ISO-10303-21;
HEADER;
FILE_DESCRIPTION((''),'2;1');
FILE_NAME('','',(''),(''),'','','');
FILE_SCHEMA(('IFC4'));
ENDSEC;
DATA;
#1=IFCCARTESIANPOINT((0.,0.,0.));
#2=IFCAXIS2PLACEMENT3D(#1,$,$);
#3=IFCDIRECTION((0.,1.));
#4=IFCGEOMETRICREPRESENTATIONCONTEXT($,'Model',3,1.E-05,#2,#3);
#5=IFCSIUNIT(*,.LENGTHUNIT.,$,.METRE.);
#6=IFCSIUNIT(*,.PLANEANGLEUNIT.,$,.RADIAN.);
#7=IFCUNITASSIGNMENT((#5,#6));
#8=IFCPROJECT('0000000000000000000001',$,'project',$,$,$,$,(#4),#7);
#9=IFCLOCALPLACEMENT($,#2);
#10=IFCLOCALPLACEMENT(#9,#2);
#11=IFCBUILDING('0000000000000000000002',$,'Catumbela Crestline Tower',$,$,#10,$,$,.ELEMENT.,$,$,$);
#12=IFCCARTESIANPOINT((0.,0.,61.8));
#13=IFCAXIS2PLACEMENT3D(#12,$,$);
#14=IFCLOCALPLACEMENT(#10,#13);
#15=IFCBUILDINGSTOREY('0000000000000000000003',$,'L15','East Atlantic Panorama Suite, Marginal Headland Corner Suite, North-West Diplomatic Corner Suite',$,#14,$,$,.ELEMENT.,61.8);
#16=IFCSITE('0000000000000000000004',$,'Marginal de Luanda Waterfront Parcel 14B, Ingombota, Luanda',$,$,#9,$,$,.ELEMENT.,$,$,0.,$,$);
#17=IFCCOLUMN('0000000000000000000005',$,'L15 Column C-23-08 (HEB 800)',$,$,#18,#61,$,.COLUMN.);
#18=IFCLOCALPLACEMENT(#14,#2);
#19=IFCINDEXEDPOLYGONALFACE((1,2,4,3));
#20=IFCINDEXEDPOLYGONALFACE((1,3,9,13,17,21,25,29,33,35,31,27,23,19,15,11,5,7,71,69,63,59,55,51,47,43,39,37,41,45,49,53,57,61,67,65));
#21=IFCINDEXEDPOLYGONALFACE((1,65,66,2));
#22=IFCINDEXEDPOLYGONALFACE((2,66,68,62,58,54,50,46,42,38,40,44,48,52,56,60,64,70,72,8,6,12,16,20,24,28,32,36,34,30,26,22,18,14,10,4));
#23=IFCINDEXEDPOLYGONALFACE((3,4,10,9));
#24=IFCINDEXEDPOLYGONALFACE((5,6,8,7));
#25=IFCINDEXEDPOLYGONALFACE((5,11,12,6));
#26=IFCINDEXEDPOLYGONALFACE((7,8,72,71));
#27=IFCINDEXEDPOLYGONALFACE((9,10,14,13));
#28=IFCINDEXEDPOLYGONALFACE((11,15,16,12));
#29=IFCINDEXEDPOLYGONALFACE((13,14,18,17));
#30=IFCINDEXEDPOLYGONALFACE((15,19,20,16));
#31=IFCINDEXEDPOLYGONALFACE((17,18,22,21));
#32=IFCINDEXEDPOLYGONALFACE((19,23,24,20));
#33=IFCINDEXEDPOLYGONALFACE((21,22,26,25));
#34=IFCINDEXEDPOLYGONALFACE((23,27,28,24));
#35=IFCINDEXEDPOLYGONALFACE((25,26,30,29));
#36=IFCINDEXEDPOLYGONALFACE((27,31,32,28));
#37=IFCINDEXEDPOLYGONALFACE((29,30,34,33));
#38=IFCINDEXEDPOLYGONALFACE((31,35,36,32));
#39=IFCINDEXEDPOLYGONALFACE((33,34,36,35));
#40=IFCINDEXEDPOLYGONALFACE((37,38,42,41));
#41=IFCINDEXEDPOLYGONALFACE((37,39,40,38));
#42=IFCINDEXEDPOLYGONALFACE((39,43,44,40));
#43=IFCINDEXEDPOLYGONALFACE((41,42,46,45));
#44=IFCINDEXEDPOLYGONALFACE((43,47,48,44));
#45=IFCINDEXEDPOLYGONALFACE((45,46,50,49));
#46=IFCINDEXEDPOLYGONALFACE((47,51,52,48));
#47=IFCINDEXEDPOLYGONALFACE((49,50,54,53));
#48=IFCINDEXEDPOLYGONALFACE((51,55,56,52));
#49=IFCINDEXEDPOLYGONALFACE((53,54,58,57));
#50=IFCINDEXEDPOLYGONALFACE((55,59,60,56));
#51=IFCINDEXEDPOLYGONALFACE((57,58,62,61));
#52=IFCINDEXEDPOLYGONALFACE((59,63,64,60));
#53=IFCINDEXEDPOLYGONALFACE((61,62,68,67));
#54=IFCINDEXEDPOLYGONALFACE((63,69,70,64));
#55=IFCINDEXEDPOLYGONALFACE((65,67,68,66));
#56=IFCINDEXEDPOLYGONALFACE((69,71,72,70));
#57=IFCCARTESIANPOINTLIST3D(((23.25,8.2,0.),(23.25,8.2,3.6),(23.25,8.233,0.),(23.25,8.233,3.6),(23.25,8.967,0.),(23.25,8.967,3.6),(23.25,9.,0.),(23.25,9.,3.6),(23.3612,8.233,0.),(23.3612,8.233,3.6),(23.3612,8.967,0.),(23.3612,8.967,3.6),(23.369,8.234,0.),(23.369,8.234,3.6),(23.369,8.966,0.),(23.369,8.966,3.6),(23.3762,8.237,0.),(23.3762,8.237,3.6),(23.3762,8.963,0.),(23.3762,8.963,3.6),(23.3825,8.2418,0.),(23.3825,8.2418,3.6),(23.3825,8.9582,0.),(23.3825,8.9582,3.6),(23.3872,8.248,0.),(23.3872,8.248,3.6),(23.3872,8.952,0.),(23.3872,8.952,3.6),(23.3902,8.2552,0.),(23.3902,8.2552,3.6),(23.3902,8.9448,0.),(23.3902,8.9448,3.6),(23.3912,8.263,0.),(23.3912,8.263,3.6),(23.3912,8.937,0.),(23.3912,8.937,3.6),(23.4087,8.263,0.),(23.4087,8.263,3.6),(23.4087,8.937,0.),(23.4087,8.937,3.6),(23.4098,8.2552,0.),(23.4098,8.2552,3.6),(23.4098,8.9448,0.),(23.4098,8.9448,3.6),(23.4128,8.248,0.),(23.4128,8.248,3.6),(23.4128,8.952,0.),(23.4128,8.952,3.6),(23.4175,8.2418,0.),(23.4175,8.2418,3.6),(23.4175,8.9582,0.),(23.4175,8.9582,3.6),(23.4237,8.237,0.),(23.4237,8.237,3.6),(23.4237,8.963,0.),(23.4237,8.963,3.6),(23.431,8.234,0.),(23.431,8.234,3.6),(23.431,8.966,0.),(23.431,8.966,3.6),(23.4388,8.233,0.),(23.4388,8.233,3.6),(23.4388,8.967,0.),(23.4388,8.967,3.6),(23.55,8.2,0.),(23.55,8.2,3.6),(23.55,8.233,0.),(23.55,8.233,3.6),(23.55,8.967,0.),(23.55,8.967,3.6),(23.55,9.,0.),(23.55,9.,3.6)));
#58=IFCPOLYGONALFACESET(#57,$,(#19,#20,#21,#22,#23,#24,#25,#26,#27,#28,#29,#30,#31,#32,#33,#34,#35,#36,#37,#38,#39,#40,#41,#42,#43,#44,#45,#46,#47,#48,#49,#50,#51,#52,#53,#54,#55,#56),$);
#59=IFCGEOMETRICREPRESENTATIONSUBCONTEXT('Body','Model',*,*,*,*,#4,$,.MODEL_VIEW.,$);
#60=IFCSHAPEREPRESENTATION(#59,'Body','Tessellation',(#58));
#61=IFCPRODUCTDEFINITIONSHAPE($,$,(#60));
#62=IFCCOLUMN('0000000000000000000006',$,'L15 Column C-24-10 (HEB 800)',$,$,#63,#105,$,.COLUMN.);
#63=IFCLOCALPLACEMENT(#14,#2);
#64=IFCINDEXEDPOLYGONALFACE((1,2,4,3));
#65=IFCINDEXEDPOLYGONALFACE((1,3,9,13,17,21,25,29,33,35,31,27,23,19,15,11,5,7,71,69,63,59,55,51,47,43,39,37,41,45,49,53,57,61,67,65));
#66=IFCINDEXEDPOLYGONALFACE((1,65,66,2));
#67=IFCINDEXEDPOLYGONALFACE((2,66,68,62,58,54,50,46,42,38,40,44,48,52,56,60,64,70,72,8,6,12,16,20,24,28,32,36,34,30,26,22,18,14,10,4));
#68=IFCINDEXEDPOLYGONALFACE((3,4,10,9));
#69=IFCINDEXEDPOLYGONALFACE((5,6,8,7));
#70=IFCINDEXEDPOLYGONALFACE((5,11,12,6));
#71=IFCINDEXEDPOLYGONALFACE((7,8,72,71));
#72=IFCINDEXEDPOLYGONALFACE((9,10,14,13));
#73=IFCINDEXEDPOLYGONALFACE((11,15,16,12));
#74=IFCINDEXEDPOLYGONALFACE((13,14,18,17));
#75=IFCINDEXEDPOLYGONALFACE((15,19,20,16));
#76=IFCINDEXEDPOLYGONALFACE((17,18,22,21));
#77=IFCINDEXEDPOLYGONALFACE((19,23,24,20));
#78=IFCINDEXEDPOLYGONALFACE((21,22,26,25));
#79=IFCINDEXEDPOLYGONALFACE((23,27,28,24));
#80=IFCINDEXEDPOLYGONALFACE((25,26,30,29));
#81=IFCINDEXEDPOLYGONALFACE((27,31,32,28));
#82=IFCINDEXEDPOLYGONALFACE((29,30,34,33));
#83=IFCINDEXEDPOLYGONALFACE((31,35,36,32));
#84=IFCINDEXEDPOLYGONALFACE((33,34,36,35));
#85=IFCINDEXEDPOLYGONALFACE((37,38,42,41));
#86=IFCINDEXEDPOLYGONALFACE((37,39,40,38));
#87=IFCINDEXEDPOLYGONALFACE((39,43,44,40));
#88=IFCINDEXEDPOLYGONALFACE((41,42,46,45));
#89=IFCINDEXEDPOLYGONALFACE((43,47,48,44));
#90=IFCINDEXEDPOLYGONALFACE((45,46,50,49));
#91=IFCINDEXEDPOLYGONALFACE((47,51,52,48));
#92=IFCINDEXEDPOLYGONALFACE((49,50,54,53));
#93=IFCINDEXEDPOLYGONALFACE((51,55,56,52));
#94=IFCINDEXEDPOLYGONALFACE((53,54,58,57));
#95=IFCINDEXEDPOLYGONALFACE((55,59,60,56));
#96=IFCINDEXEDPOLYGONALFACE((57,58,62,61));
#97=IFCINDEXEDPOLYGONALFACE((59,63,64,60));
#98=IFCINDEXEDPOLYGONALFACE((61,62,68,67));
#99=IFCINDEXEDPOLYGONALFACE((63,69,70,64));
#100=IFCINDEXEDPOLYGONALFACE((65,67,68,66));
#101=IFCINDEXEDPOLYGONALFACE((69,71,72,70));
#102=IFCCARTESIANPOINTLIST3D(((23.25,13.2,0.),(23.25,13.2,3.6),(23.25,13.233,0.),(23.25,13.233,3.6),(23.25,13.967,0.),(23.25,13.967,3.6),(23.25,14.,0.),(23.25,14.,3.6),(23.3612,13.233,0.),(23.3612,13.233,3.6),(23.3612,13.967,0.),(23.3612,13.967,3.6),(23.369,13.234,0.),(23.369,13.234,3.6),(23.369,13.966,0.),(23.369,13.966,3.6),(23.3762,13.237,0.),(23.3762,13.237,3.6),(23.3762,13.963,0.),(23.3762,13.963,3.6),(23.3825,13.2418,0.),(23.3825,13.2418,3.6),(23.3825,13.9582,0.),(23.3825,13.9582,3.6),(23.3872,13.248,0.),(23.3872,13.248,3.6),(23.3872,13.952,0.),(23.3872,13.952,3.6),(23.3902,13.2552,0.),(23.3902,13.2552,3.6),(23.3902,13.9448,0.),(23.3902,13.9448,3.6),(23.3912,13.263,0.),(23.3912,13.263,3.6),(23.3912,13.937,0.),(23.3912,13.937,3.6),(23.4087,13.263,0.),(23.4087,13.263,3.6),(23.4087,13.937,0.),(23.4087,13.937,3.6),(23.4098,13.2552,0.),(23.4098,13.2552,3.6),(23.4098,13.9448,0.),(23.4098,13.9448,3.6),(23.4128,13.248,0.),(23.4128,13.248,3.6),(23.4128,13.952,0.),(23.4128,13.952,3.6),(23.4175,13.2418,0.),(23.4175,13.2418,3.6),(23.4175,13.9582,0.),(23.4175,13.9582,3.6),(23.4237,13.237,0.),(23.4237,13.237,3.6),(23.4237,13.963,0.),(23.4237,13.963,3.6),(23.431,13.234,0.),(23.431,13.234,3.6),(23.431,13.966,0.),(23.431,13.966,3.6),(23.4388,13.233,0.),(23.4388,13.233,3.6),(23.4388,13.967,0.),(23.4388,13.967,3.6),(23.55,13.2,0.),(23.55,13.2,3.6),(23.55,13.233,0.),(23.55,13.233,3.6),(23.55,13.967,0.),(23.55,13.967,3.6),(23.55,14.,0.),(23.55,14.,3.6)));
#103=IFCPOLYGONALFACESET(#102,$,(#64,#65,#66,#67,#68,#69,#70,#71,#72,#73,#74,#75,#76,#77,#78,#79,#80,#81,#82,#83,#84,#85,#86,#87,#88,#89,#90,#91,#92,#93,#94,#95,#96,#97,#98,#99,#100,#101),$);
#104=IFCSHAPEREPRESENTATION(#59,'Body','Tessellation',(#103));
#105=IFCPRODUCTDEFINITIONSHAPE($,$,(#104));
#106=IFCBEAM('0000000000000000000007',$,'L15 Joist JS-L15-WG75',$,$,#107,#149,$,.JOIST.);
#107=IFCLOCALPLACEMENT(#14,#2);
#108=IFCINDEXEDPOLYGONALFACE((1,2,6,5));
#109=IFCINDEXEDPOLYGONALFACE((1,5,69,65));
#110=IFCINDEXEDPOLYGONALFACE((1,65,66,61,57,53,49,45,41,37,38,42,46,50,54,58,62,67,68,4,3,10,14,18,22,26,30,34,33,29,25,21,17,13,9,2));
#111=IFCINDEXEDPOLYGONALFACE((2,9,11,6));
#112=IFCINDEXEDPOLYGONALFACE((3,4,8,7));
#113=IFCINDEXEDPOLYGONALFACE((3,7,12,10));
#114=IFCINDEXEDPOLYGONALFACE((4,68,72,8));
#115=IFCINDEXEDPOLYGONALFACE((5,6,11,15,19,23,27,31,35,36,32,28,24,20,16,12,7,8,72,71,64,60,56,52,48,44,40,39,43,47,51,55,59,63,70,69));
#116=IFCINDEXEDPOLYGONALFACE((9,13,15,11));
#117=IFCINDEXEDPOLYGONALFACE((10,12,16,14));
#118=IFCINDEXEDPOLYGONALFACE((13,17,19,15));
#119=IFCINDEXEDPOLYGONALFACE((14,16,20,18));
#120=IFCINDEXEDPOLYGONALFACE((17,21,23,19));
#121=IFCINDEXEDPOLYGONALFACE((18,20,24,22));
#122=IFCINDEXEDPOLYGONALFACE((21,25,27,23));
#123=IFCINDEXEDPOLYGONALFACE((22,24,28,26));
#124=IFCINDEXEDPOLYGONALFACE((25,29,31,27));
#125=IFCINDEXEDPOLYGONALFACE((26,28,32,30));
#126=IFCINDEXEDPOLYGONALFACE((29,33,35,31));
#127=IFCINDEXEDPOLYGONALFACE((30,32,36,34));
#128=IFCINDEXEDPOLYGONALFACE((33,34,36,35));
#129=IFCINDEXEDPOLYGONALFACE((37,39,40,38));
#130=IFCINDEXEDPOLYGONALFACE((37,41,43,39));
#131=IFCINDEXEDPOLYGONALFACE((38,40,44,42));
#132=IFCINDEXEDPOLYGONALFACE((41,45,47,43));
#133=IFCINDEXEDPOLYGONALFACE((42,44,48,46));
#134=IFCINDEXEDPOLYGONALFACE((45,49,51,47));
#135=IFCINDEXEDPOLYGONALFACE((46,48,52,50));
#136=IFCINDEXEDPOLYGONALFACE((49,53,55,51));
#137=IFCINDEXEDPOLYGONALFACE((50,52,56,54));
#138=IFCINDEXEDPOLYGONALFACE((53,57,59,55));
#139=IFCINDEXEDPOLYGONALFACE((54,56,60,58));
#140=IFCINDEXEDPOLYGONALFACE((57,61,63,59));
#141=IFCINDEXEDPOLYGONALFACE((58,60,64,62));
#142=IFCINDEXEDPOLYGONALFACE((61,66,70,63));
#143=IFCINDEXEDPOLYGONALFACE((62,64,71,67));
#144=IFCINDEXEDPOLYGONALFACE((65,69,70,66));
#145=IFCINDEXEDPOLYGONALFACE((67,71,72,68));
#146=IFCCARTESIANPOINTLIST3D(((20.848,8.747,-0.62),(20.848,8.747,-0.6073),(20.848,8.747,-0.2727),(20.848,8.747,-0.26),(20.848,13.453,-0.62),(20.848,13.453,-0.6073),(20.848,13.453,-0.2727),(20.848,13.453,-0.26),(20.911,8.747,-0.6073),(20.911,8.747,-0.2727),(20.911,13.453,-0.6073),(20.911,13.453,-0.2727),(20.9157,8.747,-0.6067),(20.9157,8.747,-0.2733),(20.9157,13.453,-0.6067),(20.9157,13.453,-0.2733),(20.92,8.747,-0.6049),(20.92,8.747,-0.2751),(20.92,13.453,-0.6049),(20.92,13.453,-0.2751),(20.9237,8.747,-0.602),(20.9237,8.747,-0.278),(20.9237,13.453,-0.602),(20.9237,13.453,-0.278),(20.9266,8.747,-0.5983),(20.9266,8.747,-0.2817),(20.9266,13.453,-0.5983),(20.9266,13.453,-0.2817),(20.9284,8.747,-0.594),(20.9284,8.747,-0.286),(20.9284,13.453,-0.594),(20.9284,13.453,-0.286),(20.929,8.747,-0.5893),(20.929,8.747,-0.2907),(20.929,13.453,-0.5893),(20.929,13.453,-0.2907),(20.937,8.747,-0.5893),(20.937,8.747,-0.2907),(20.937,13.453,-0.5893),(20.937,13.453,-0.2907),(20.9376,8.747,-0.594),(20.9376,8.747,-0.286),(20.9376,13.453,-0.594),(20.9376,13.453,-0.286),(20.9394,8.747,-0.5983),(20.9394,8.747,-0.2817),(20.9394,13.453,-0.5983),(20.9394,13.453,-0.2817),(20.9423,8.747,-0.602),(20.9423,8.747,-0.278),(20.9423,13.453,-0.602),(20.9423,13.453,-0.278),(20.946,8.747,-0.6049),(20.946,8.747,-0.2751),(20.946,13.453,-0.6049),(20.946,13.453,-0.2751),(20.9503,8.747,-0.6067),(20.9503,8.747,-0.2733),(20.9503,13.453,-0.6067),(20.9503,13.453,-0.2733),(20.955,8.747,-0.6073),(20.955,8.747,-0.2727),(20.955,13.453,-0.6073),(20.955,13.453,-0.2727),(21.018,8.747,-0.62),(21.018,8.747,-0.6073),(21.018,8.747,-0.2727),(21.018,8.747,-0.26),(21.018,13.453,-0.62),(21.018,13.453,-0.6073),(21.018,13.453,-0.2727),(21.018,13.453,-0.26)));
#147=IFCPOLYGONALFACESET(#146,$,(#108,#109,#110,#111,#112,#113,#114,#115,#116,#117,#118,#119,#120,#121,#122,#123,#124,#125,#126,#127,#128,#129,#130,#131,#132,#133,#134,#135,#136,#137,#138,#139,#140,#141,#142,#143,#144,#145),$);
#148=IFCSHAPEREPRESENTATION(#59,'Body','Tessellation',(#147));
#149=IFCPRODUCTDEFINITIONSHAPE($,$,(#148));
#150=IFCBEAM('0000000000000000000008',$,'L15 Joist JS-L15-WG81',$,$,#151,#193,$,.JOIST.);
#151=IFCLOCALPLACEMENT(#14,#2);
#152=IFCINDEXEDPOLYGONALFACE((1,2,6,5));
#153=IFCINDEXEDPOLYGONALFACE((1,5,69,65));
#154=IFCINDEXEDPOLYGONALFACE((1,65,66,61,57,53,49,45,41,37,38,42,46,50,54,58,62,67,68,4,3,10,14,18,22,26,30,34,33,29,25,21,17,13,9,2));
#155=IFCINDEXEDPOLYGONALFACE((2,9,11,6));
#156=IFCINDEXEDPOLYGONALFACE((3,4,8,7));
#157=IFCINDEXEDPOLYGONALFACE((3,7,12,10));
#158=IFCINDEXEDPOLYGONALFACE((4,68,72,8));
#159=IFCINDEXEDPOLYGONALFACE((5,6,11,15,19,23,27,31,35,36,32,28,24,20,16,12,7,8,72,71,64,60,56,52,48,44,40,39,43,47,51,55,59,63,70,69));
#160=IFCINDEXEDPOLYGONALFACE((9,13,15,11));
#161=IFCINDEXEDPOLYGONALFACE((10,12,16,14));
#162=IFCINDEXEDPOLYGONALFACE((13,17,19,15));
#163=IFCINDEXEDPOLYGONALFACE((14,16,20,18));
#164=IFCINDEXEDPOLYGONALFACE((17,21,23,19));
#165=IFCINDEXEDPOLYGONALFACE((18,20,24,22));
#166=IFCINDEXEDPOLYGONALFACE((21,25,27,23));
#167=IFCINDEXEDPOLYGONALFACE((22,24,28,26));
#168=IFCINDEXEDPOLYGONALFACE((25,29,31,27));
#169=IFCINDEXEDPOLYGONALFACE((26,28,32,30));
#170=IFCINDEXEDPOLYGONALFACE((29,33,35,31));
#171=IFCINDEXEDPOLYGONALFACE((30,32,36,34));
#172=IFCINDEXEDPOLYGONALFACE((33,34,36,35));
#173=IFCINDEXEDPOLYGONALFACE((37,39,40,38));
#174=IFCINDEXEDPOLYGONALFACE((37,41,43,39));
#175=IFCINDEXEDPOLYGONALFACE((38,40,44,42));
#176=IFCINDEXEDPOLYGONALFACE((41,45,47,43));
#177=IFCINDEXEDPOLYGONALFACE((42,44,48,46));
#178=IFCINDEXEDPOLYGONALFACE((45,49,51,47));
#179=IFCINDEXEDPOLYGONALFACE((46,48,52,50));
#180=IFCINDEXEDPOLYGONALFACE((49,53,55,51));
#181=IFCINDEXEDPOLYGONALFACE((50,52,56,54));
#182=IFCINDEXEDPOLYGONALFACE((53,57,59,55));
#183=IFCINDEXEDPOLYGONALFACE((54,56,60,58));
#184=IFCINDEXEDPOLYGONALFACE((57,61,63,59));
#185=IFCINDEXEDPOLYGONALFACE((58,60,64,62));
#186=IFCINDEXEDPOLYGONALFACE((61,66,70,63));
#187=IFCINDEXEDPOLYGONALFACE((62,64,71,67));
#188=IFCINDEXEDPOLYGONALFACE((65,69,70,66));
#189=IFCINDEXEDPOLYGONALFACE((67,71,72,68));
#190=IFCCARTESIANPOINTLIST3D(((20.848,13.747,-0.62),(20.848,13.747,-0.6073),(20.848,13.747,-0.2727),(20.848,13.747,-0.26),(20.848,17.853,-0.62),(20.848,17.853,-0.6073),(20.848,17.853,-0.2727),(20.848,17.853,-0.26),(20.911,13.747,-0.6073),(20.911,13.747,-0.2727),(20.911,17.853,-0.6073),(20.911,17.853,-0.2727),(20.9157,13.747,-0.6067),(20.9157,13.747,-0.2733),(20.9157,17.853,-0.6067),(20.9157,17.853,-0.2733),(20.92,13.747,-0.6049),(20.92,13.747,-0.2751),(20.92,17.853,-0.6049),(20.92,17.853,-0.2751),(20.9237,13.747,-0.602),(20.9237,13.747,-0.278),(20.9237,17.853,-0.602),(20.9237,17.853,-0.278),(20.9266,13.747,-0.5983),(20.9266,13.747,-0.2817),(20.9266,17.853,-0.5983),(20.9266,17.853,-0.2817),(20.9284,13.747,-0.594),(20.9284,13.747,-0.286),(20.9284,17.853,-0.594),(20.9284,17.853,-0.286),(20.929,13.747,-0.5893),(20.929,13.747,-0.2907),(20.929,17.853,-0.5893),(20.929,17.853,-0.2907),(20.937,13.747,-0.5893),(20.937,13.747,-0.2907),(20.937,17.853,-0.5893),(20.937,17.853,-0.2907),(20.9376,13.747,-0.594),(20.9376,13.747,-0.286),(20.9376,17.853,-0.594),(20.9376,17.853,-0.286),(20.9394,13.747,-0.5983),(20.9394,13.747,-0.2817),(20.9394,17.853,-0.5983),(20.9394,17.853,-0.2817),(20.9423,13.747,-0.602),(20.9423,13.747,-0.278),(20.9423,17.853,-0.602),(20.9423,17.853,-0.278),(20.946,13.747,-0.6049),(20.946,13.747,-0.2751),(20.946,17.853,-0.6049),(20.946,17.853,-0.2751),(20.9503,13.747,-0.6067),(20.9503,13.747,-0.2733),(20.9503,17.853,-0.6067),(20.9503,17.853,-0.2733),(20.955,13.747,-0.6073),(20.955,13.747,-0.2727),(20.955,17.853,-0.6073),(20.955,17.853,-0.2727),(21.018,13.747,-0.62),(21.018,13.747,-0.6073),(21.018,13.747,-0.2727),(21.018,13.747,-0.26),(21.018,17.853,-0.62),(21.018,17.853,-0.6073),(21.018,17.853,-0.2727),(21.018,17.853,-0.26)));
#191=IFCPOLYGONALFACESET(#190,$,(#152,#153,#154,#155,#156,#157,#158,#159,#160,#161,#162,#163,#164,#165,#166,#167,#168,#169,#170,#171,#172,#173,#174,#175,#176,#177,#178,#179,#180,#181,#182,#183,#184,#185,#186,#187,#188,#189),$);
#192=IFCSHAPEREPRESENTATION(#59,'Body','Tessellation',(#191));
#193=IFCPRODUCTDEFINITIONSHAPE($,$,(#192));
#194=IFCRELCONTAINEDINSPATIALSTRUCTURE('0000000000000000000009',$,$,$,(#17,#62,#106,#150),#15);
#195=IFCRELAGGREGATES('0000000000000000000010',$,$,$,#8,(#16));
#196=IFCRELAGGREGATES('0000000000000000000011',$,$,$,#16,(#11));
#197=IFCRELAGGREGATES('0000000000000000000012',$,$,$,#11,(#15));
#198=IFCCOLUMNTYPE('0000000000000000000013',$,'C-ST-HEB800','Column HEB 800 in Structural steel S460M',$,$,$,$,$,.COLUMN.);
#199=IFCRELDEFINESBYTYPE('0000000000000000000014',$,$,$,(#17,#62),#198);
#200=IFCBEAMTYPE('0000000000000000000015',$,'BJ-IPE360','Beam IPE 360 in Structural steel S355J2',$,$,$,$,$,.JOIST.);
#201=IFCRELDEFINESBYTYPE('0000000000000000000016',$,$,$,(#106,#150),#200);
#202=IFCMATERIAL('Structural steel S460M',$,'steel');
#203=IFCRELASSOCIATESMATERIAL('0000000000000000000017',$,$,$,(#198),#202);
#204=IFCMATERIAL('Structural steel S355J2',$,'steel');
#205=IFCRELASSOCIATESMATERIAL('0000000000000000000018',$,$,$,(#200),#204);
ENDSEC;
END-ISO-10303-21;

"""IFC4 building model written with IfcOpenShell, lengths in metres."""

from ifc_helpers import new_model, si_unit, direction, frame, origin, origin_2d, place, context, subcontext, project, spatial, i_section, extrude, material, material_profile, profile_set, type_object, element, save


model = new_model("IFC4")

# Units and contexts
model_context = context("Model", 3, precision=1e-05, world=origin(), true_north=direction((0.0, 1.0)))
body_context = subcontext(model_context, "Body", "Model", "MODEL_VIEW")
ifc_project = project(units=[si_unit("LENGTHUNIT", "METRE"), si_unit("PLANEANGLEUNIT", "RADIAN")], contexts=[model_context])

# Site, building, storey
site_placement = place(None, origin())
site = spatial("IfcSite", under=ifc_project, at=site_placement, Name="Marginal de Luanda Waterfront Parcel 14B, Ingombota, Luanda", CompositionType="ELEMENT", RefElevation=0.0)
building_placement = place(site_placement, origin())
building = spatial("IfcBuilding", under=site, at=building_placement, Name="Catumbela Crestline Tower", CompositionType="ELEMENT")
storey_placement = place(building_placement, frame((0.0, 0.0, 61.8)))
storey = spatial("IfcBuildingStorey", under=building, at=storey_placement, Name="L15", Description="East Atlantic Panorama Suite, Marginal Headland Corner Suite, North-West Diplomatic Corner Suite", CompositionType="ELEMENT", Elevation=61.8)

# Columns
ifc_material_1 = material(Name="Structural steel S460M", Category="steel")
ifc_material_profile_1 = material_profile(ifc_material_1, i_section(OverallWidth=0.3, OverallDepth=0.8, WebThickness=0.0175, FlangeThickness=0.033, FilletRadius=0.03, at=origin_2d()), Name="HEB 800")
ifc_profile_set_1 = profile_set([ifc_material_profile_1], Name="Structural steel S460M")
column_type = type_object("IfcColumnType", Name="C-ST-HEB800", Description="Column HEB 800 in Structural steel S460M", PredefinedType="COLUMN", material=ifc_profile_set_1)
for number, where, z_axis, x_axis, name in (
    (1, (23.4, 8.6, 0.0), (0.0, 0.0, 1.0), (1.0, 0.0, 0.0), "L15 Column C-23-08 (HEB 800)"),
    (2, (23.4, 13.6, 0.0), (0.0, 0.0, 1.0), (1.0, 0.0, 0.0), "L15 Column C-24-10 (HEB 800)"),
):
    element("IfcColumn", number, at=place(storey_placement, frame(where, z_axis=z_axis, x_axis=x_axis)), inside=storey, type_object=column_type, Name=name, PredefinedType="COLUMN", context=body_context, shape_type="SweptSolid", body=[
        extrude(i_section(OverallWidth=0.3, OverallDepth=0.8, WebThickness=0.0175, FlangeThickness=0.033, FilletRadius=0.03, at=origin_2d()), origin(), (0.0, 0.0, 1.0), 3.6),
    ])

# Beams
ifc_material_2 = material(Name="Structural steel S355J2", Category="steel")
ifc_material_profile_2 = material_profile(ifc_material_2, i_section(OverallWidth=0.17, OverallDepth=0.36, WebThickness=0.008, FlangeThickness=0.0127, FilletRadius=0.018, at=origin_2d()), Name="IPE 360")
ifc_profile_set_2 = profile_set([ifc_material_profile_2], Name="Structural steel S355J2")
beam_type_1 = type_object("IfcBeamType", Name="BJ-IPE360", Description="Beam IPE 360 in Structural steel S355J2", PredefinedType="JOIST", material=ifc_profile_set_2)
beam_1_placement = place(storey_placement, frame((20.933, 8.747, -0.44), z_axis=(0.0, 1.0, 0.0), x_axis=(-1.0, 0.0, 0.0)))
element("IfcBeam", 3, at=beam_1_placement, inside=storey, type_object=beam_type_1, Name="L15 Joist JS-L15-WG75", PredefinedType="JOIST", context=body_context, shape_type="SweptSolid", body=[
    extrude(i_section(OverallWidth=0.17, OverallDepth=0.36, WebThickness=0.008, FlangeThickness=0.0127, FilletRadius=0.018, at=origin_2d()), origin(), (0.0, 0.0, 1.0), 4.706),
])
beam_2_placement = place(storey_placement, frame((20.933, 13.747, -0.44), z_axis=(0.0, 1.0, 0.0), x_axis=(-1.0, 0.0, 0.0)))
element("IfcBeam", 4, at=beam_2_placement, inside=storey, type_object=beam_type_1, Name="L15 Joist JS-L15-WG81", PredefinedType="JOIST", context=body_context, shape_type="SweptSolid", body=[
    extrude(i_section(OverallWidth=0.17, OverallDepth=0.36, WebThickness=0.008, FlangeThickness=0.0127, FilletRadius=0.018, at=origin_2d()), origin(), (0.0, 0.0, 1.0), 4.106),
])

save(model, "model.ifc")
